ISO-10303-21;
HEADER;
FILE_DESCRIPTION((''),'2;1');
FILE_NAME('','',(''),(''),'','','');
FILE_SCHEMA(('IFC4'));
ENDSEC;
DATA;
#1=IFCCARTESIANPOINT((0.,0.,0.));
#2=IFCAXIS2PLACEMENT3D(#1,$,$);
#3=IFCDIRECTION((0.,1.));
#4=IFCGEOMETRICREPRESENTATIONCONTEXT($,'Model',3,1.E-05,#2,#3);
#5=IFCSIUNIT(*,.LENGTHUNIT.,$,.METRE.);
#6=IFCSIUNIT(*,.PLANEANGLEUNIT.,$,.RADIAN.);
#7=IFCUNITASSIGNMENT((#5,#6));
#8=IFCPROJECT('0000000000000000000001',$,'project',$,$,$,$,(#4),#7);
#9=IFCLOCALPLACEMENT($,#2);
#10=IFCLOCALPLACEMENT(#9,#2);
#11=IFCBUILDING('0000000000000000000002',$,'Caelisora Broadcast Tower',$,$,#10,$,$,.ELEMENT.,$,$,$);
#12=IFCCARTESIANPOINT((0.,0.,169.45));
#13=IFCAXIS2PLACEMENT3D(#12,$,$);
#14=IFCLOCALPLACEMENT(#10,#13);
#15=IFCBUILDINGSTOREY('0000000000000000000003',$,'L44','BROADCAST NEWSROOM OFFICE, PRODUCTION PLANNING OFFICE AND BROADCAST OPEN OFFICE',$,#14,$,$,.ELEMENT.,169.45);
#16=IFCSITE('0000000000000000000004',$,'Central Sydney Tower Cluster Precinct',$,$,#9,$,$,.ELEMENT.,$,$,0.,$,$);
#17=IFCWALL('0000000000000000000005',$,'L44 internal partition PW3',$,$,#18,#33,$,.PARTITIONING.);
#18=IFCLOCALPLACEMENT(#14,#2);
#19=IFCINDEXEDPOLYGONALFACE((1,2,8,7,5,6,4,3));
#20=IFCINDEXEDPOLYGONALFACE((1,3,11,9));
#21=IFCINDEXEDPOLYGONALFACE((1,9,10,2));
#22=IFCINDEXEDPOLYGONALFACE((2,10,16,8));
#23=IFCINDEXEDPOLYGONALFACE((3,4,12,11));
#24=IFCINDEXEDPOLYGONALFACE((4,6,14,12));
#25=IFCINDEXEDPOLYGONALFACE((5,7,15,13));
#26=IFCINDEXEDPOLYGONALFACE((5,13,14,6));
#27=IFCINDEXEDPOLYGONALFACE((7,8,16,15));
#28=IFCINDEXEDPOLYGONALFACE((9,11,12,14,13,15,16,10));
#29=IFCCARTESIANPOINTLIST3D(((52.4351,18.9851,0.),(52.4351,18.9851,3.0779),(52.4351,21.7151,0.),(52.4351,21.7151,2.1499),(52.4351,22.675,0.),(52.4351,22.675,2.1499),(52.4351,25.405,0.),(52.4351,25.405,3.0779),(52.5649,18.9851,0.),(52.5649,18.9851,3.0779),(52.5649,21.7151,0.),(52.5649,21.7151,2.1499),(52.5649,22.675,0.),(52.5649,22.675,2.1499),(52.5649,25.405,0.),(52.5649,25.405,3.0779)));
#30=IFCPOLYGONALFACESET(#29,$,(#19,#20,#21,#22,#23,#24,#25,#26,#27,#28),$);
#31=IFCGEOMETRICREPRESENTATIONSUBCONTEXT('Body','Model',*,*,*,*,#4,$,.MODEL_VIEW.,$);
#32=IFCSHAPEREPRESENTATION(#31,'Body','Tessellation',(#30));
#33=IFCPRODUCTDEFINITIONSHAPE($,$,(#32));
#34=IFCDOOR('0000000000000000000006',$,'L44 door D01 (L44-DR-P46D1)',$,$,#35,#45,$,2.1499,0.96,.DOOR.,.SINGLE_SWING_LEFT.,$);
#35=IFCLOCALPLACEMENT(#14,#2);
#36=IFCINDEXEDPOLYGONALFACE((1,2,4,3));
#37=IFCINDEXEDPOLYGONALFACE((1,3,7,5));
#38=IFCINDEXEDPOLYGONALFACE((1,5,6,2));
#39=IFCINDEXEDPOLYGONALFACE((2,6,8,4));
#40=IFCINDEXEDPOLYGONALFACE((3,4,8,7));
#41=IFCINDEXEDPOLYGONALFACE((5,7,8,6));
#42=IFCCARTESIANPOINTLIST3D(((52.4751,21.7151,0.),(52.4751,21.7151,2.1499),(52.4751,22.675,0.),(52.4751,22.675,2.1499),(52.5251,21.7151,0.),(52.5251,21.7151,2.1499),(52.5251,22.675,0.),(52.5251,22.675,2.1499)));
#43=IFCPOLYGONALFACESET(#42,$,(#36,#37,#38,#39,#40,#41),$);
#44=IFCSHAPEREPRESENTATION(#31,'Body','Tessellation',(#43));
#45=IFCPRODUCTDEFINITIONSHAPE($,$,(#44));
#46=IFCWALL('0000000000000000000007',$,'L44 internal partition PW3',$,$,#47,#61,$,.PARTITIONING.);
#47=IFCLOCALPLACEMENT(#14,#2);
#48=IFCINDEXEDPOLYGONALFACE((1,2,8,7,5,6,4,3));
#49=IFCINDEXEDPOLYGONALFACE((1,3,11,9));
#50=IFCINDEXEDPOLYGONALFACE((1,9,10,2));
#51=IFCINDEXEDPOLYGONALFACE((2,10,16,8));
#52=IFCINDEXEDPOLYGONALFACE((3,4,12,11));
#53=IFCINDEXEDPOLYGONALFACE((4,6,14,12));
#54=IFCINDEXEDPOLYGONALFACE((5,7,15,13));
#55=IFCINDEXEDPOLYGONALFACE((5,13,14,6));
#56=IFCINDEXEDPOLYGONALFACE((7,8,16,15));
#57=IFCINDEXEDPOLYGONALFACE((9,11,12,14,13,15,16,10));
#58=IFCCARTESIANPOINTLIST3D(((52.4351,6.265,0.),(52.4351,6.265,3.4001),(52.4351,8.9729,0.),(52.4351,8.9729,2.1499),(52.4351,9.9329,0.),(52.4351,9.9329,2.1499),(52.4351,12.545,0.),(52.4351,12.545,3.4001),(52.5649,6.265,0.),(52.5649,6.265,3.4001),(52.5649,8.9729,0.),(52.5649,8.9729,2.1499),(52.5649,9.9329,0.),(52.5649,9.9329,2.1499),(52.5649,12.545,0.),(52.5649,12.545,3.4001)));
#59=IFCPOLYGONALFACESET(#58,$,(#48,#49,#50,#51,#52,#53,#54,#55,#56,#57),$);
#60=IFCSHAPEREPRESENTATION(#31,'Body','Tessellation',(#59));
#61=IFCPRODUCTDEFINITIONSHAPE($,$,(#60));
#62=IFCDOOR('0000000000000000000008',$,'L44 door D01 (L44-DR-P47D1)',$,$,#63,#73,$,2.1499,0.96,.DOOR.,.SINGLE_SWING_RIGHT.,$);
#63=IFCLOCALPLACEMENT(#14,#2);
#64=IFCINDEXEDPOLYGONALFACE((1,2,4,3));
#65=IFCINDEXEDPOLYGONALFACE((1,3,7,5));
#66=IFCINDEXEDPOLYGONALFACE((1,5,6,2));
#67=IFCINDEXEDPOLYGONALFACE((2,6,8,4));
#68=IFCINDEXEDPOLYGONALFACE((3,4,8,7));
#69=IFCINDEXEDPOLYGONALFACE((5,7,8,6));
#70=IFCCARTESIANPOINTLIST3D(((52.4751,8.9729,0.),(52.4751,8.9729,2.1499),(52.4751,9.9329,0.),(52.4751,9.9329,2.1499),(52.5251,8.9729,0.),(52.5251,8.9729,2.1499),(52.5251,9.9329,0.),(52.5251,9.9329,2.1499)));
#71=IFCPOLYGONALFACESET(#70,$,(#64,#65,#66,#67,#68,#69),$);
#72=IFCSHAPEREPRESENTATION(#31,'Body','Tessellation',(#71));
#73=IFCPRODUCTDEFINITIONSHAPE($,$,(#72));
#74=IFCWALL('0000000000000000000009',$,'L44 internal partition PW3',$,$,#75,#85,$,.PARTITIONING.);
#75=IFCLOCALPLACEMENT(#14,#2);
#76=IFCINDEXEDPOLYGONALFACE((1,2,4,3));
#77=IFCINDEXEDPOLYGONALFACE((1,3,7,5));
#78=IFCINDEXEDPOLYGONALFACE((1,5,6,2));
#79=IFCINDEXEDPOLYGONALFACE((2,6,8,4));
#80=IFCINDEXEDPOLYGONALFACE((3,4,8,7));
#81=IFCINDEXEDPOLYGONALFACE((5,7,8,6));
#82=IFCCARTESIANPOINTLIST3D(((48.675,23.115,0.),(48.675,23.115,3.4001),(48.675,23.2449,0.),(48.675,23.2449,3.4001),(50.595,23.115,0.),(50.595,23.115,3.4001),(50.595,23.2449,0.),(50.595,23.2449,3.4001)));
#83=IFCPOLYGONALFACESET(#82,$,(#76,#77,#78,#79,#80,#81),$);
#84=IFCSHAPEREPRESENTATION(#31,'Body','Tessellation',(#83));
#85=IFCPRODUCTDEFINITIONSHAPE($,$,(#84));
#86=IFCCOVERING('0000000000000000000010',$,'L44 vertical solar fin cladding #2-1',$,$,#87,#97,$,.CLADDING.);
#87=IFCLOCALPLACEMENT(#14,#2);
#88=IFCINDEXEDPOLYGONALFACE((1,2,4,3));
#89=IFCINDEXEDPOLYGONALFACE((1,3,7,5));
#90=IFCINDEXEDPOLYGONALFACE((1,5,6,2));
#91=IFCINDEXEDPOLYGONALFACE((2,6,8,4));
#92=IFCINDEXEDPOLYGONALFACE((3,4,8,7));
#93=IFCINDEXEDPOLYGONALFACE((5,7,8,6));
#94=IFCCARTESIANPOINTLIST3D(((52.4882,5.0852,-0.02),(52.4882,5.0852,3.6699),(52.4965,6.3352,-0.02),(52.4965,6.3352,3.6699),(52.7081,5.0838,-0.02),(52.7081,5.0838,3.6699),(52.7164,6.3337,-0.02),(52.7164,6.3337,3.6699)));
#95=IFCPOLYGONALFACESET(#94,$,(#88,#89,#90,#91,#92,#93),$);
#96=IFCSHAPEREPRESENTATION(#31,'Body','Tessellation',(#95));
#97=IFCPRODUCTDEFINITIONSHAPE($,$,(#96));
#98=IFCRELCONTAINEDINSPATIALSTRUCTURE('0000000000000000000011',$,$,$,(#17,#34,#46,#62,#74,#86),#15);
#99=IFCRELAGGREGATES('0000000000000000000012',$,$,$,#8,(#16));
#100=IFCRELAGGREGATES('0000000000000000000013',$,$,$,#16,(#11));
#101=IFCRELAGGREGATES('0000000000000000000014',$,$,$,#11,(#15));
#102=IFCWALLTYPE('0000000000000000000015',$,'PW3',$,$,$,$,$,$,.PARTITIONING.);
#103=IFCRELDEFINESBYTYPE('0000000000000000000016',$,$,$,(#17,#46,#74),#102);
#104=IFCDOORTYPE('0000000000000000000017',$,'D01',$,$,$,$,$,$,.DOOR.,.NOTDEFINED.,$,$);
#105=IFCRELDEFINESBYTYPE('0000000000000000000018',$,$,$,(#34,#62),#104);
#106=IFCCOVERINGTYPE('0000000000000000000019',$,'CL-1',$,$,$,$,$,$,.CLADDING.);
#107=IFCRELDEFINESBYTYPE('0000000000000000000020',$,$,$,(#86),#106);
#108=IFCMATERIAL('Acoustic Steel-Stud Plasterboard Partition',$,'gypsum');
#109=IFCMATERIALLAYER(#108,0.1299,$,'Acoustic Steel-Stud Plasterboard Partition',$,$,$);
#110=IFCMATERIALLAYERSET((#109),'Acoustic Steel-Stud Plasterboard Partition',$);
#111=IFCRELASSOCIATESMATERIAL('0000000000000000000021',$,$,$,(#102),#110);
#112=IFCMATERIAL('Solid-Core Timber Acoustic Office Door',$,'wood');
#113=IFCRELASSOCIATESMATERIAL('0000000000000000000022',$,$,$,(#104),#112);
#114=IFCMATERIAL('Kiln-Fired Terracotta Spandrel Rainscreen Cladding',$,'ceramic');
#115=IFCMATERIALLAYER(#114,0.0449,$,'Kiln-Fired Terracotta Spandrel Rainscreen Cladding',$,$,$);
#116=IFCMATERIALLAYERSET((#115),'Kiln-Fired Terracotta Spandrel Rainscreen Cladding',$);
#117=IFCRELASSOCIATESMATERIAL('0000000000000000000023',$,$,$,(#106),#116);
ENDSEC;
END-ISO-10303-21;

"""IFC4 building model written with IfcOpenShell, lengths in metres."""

from ifc_helpers import new_model, si_unit, direction, frame, frame_2d, origin, origin_2d, place, context, subcontext, project, spatial, rectangle, extrude, source, transform, mapped, material, layer, layer_set, type_object, type_shapes, element, fill, save


model = new_model("IFC4")

# Units and contexts
model_context = context("Model", 3, precision=1e-05, world=origin(), true_north=direction((0.0, 1.0)))
body_context = subcontext(model_context, "Body", "Model", "MODEL_VIEW")
ifc_project = project(units=[si_unit("LENGTHUNIT", "METRE"), si_unit("PLANEANGLEUNIT", "RADIAN")], contexts=[model_context])

# Site, building, storey
site_placement = place(None, origin())
site = spatial("IfcSite", under=ifc_project, at=site_placement, Name="Central Sydney Tower Cluster Precinct", CompositionType="ELEMENT", RefElevation=0.0)
building_placement = place(site_placement, origin())
building = spatial("IfcBuilding", under=site, at=building_placement, Name="Caelisora Broadcast Tower", CompositionType="ELEMENT")
storey_placement = place(building_placement, frame((0.0, 0.0, 169.45)))
storey = spatial("IfcBuildingStorey", under=building, at=storey_placement, Name="L44", Description="BROADCAST NEWSROOM OFFICE, PRODUCTION PLANNING OFFICE AND BROADCAST OPEN OFFICE", CompositionType="ELEMENT", Elevation=169.45)

# Shared definitions
ifc_material_1 = material(Name="Acoustic Steel-Stud Plasterboard Partition", Category="gypsum")
ifc_layer_1 = layer(ifc_material_1, 0.1299, Name="Acoustic Steel-Stud Plasterboard Partition")
ifc_layer_set_1 = layer_set([ifc_layer_1], Name="Acoustic Steel-Stud Plasterboard Partition")
wall_type_1 = type_object("IfcWallType", Name="PW3", PredefinedType="PARTITIONING", material=ifc_layer_set_1)

# Walls, openings, doors
ifc_material_2 = material(Name="Solid-Core Timber Acoustic Office Door", Category="wood")
door_type_1 = type_object("IfcDoorType", Name="D01", OperationType="NOTDEFINED", PredefinedType="DOOR", material=ifc_material_2)
wall_1_placement = place(storey_placement, frame((52.5, 18.9851, 0.0), z_axis=(0.0, 0.0, 1.0), x_axis=(0.0, 1.0, 0.0)))
wall_1 = element("IfcWall", 1, at=wall_1_placement, inside=storey, type_object=wall_type_1, Name="L44 internal partition PW3", PredefinedType="PARTITIONING", context=body_context, shape_type="SweptSolid", body=[
    extrude(rectangle(XDim=6.4199, YDim=0.1299, at=frame_2d((3.21, 0.0))), origin(), (0.0, 0.0, 1.0), 3.0779),
])
opening_1_placement = place(wall_1_placement, frame((2.73, 0.0, 0.0)))
opening_1 = element("IfcOpeningElement", 2, at=opening_1_placement, cuts=wall_1, PredefinedType="OPENING", context=body_context, shape_type="SweptSolid", body=[
    extrude(rectangle(XDim=0.96, YDim=2.1499, at=frame_2d((0.48, 1.075))), frame((0.0, 0.0769, 0.0), z_axis=(0.0, -1.0, 0.0), x_axis=(1.0, 0.0, 0.0)), (0.0, 0.0, 1.0), 0.1538),
])
door_1_placement = place(opening_1_placement, origin())
door_1 = element("IfcDoor", 3, at=door_1_placement, inside=storey, type_object=door_type_1, Name="L44 door D01 (L44-DR-P46D1)", OperationType="SINGLE_SWING_LEFT", OverallHeight=2.1499, OverallWidth=0.96, PredefinedType="DOOR", context=body_context, shape_type="SweptSolid", body=[
    extrude(rectangle(XDim=0.96, YDim=2.1499, at=frame_2d((0.48, 1.075))), frame((0.0, 0.0249, 0.0), z_axis=(0.0, -1.0, 0.0), x_axis=(1.0, 0.0, 0.0)), (0.0, 0.0, 1.0), 0.05),
])
fill(opening_1, door_1)
wall_2_placement = place(storey_placement, frame((52.5, 6.2649, 0.0), z_axis=(0.0, 0.0, 1.0), x_axis=(0.0, 1.0, 0.0)))
wall_2 = element("IfcWall", 4, at=wall_2_placement, inside=storey, type_object=wall_type_1, Name="L44 internal partition PW3", PredefinedType="PARTITIONING", context=body_context, shape_type="SweptSolid", body=[
    extrude(rectangle(XDim=6.28, YDim=0.1299, at=frame_2d((3.1401, 0.0))), origin(), (0.0, 0.0, 1.0), 3.4001),
])
opening_2_placement = place(wall_2_placement, frame((2.708, 0.0, 0.0)))
opening_2 = element("IfcOpeningElement", 5, at=opening_2_placement, cuts=wall_2, PredefinedType="OPENING", context=body_context, shape_type="SweptSolid", body=[
    extrude(rectangle(XDim=0.96, YDim=2.1499, at=frame_2d((0.48, 1.075))), frame((0.0, 0.0769, 0.0), z_axis=(0.0, -1.0, 0.0), x_axis=(1.0, 0.0, 0.0)), (0.0, 0.0, 1.0), 0.1538),
])
door_2_placement = place(opening_2_placement, origin())
door_2 = element("IfcDoor", 6, at=door_2_placement, inside=storey, type_object=door_type_1, Name="L44 door D01 (L44-DR-P47D1)", OperationType="SINGLE_SWING_RIGHT", OverallHeight=2.1499, OverallWidth=0.96, PredefinedType="DOOR", context=body_context, shape_type="SweptSolid", body=[
    extrude(rectangle(XDim=0.96, YDim=2.1499, at=frame_2d((0.48, 1.075))), frame((0.0, 0.0249, 0.0), z_axis=(0.0, -1.0, 0.0), x_axis=(1.0, 0.0, 0.0)), (0.0, 0.0, 1.0), 0.05),
])
fill(opening_2, door_2)

# Wall
wall_3_placement = place(storey_placement, frame((48.675, 23.1799, 0.0), z_axis=(0.0, 0.0, 1.0), x_axis=(1.0, 0.0, 0.0)))
element("IfcWall", 7, at=wall_3_placement, inside=storey, type_object=wall_type_1, Name="L44 internal partition PW3", PredefinedType="PARTITIONING", context=body_context, shape_type="SweptSolid", body=[
    extrude(rectangle(XDim=1.9199, YDim=0.1299, at=frame_2d((0.96, 0.0))), origin(), (0.0, 0.0, 1.0), 3.4001),
])

# Covering
ifc_material_3 = material(Name="Kiln-Fired Terracotta Spandrel Rainscreen Cladding", Category="ceramic")
ifc_layer_2 = layer(ifc_material_3, 0.0449, Name="Kiln-Fired Terracotta Spandrel Rainscreen Cladding")
ifc_layer_set_2 = layer_set([ifc_layer_2], Name="Kiln-Fired Terracotta Spandrel Rainscreen Cladding")
covering_type = type_object("IfcCoveringType", Name="CL-1", PredefinedType="CLADDING", material=ifc_layer_set_2)
shared_shape_1 = source(origin(), body_context, "Body", "SweptSolid", [
    extrude(rectangle(XDim=0.22, YDim=1.25, at=origin_2d()), origin(), (0.0, 0.0, 1.0), 3.6899),
])
type_shapes(covering_type, [shared_shape_1])
covering_placement = place(storey_placement, frame((52.6023, 5.7095, -0.02), z_axis=(0.0, 0.0, 1.0), x_axis=(-0.999978, 0.006632, 0.0)))
element("IfcCovering", 8, at=covering_placement, inside=storey, type_object=covering_type, Name="L44 vertical solar fin cladding #2-1", PredefinedType="CLADDING", context=body_context, shape_type="MappedRepresentation", body=[
    mapped(shared_shape_1, transform((0.0, 0.0, 0.0), scale=1.0)),
])

save(model, "model.ifc")
